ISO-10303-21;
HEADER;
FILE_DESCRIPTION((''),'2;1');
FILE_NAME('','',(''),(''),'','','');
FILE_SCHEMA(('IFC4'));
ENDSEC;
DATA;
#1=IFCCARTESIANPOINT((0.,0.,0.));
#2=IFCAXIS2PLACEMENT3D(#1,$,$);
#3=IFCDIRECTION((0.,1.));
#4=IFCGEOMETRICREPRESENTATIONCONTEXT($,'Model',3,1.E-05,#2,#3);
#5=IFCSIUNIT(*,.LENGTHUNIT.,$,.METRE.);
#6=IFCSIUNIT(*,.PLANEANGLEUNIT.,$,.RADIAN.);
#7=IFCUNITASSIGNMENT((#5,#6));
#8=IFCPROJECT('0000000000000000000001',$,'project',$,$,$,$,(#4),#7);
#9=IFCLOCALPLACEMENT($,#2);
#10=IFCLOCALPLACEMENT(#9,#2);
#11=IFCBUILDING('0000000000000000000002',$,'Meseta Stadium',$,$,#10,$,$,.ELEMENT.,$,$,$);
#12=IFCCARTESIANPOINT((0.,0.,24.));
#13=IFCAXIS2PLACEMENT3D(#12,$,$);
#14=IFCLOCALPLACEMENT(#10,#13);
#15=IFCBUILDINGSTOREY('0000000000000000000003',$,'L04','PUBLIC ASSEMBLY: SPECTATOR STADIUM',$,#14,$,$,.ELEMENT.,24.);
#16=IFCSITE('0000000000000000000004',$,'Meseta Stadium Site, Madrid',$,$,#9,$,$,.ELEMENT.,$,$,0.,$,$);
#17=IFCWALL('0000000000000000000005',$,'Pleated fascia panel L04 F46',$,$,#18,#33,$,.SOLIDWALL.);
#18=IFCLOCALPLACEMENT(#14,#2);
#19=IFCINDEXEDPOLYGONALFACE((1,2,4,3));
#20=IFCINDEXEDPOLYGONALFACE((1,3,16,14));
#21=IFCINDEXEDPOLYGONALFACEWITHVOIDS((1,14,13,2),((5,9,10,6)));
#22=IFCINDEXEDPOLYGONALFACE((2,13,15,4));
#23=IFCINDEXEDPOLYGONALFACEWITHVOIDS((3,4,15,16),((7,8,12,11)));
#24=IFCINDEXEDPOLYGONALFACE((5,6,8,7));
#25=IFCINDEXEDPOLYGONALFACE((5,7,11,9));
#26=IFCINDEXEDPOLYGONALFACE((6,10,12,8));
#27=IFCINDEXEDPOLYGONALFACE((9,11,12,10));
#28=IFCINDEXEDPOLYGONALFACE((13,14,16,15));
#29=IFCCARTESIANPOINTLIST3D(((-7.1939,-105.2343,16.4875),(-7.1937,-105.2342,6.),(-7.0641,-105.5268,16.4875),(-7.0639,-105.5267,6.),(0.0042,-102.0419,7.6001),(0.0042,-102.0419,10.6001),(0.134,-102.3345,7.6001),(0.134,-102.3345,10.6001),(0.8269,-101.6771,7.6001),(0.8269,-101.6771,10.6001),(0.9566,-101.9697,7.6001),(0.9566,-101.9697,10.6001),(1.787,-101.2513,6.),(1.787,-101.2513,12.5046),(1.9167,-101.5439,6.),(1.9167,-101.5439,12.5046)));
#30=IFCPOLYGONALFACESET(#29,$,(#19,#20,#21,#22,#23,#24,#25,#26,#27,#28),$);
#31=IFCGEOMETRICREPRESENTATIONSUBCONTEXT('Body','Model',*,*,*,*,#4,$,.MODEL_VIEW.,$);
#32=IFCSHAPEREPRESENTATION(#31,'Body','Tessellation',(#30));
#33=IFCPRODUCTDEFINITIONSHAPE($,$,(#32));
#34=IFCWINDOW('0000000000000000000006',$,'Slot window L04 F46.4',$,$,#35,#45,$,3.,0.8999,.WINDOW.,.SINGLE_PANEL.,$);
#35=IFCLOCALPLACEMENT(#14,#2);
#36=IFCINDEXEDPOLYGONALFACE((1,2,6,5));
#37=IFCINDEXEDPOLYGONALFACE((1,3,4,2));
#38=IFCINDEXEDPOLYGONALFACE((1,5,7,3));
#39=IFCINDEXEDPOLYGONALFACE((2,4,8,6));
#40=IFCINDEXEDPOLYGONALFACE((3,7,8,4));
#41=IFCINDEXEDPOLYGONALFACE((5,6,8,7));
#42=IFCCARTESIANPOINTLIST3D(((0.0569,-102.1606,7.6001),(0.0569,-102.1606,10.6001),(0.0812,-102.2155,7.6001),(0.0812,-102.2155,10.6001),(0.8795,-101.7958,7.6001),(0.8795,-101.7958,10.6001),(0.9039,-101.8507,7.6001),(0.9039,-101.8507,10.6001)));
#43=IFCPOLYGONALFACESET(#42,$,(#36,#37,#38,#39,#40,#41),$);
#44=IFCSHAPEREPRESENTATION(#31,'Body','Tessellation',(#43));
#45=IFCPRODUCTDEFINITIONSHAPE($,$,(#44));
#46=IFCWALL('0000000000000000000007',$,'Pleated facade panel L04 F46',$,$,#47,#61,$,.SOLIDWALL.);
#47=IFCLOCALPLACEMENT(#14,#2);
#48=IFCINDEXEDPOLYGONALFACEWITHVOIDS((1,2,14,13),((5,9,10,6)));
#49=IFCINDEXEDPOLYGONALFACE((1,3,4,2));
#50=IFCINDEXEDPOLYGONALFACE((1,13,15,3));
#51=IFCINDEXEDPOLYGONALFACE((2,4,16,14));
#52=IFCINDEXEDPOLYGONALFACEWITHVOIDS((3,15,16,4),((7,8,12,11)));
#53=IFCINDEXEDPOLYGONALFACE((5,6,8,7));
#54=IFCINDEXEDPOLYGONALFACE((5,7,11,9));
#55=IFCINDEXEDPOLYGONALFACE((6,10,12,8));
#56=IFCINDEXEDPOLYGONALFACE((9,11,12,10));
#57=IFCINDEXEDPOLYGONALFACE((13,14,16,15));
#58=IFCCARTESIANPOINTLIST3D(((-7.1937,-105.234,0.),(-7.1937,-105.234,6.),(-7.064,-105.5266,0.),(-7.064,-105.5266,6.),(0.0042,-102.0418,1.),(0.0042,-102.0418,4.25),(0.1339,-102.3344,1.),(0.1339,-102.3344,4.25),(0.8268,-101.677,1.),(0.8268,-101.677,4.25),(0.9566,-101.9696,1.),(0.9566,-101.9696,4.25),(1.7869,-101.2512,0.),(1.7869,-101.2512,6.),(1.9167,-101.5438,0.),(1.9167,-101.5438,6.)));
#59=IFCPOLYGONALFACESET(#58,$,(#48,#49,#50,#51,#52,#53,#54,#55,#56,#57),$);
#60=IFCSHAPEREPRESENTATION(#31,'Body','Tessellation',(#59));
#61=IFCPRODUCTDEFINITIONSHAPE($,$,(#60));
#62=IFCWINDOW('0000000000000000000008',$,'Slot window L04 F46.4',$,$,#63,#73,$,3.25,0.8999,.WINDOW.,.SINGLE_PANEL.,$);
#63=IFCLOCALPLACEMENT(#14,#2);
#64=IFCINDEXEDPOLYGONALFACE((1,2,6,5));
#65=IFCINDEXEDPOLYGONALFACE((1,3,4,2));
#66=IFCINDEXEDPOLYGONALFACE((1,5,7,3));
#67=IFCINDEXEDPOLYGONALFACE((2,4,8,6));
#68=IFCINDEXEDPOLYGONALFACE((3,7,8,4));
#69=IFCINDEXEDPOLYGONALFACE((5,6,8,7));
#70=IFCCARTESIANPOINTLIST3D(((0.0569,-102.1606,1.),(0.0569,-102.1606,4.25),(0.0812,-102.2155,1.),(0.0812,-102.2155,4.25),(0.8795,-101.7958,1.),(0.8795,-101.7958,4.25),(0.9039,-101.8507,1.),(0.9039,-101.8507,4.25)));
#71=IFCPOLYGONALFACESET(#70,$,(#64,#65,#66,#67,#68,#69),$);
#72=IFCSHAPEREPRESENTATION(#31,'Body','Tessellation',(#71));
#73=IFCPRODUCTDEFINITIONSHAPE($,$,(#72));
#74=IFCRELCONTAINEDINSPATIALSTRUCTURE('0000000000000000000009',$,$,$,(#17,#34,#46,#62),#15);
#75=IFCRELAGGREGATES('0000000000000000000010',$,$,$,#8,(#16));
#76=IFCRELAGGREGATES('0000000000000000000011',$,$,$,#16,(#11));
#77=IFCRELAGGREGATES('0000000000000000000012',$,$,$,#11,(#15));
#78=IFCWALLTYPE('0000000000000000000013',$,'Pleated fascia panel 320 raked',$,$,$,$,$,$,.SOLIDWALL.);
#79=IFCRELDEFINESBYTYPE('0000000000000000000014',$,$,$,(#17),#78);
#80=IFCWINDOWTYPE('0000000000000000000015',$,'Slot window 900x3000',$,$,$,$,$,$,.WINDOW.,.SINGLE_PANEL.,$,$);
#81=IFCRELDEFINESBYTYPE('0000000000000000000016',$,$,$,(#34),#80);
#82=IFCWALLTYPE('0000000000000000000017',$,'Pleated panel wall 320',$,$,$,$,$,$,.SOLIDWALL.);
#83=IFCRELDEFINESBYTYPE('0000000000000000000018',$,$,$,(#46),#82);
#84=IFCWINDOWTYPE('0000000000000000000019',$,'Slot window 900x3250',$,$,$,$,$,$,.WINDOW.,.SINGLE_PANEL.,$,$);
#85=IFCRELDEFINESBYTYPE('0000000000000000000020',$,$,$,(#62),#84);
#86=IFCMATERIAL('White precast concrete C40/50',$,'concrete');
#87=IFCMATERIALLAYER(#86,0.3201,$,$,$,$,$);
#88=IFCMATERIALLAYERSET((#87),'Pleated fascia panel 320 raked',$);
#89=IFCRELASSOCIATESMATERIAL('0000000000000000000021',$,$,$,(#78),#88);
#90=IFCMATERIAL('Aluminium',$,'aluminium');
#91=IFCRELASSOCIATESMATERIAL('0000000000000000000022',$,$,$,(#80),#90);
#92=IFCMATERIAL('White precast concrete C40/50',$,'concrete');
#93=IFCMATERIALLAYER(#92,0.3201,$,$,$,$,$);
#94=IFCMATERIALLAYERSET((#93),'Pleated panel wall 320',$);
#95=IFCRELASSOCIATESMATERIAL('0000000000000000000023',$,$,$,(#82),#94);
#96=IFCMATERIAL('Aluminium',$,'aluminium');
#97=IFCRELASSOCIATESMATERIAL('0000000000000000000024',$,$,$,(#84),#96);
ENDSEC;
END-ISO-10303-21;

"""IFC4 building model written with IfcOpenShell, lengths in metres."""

from ifc_helpers import new_model, si_unit, direction, frame, frame_2d, origin, place, context, subcontext, project, spatial, polyline, rectangle, outline, extrude, material, layer, layer_set, type_object, element, fill, save


model = new_model("IFC4")

# Units and contexts
model_context = context("Model", 3, precision=1e-05, world=origin(), true_north=direction((0.0, 1.0)))
body_context = subcontext(model_context, "Body", "Model", "MODEL_VIEW")
ifc_project = project(units=[si_unit("LENGTHUNIT", "METRE"), si_unit("PLANEANGLEUNIT", "RADIAN")], contexts=[model_context])

# Site, building, storey
site_placement = place(None, origin())
site = spatial("IfcSite", under=ifc_project, at=site_placement, Name="Meseta Stadium Site, Madrid", CompositionType="ELEMENT", RefElevation=0.0)
building_placement = place(site_placement, origin())
building = spatial("IfcBuilding", under=site, at=building_placement, Name="Meseta Stadium", CompositionType="ELEMENT")
storey_placement = place(building_placement, frame((0.0, 0.0, 24.0)))
storey = spatial("IfcBuildingStorey", under=building, at=storey_placement, Name="L04", Description="PUBLIC ASSEMBLY: SPECTATOR STADIUM", CompositionType="ELEMENT", Elevation=24.0)

# Walls, openings, windows
ifc_material_1 = material(Name="White precast concrete C40/50", Category="concrete")
ifc_layer_1 = layer(ifc_material_1, 0.3201)
ifc_layer_set_1 = layer_set([ifc_layer_1], Name="Pleated fascia panel 320 raked")
wall_type_1 = type_object("IfcWallType", Name="Pleated fascia panel 320 raked", PredefinedType="SOLIDWALL", material=ifc_layer_set_1)
wall_1_placement = place(storey_placement, frame((1.8518, -101.3975, 6.0), z_axis=(0.0, 0.0, 1.0), x_axis=(-0.914133, -0.405414, 0.0)))
wall_1 = element("IfcWall", 1, at=wall_1_placement, inside=storey, type_object=wall_type_1, Name="Pleated fascia panel L04 F46", PredefinedType="SOLIDWALL", context=body_context, shape_type="SweptSolid", body=[
    extrude(outline(polyline([(0.0, 0.0), (9.8242, 0.0), (9.8245, 10.4875), (0.0, 6.5046), (0.0, 0.0)])), frame((0.0, 0.1602, 0.0), z_axis=(0.0, -1.0, 0.0), x_axis=(1.0, 0.0, 0.0)), (0.0, 0.0, 1.0), 0.3201),
])
opening_1_placement = place(wall_1_placement, frame((1.0503, 0.0, 1.6001)))
opening_1 = element("IfcOpeningElement", 2, at=opening_1_placement, cuts=wall_1, PredefinedType="OPENING", context=body_context, shape_type="SweptSolid", body=[
    extrude(rectangle(XDim=0.8999, YDim=3.0, at=frame_2d((0.45, 1.5))), frame((0.0, 0.1699, 0.0), z_axis=(0.0, -1.0, 0.0), x_axis=(1.0, 0.0, 0.0)), (0.0, 0.0, 1.0), 0.3401),
])
ifc_material_2 = material(Name="Aluminium", Category="aluminium")
window_type_1 = type_object("IfcWindowType", Name="Slot window 900x3000", PartitioningType="SINGLE_PANEL", PredefinedType="WINDOW", material=ifc_material_2)
window_1_placement = place(opening_1_placement, origin())
window_1 = element("IfcWindow", 3, at=window_1_placement, inside=storey, type_object=window_type_1, Name="Slot window L04 F46.4", OverallHeight=3.0, OverallWidth=0.8999, PartitioningType="SINGLE_PANEL", PredefinedType="WINDOW", context=body_context, shape_type="SweptSolid", body=[
    extrude(rectangle(XDim=0.8999, YDim=3.0, at=frame_2d((0.45, 1.5))), frame((0.0, 0.03, 0.0), z_axis=(0.0, -1.0, 0.0), x_axis=(1.0, 0.0, 0.0)), (0.0, 0.0, 1.0), 0.0601),
])
fill(opening_1, window_1)
ifc_material_3 = material(Name="White precast concrete C40/50", Category="concrete")
ifc_layer_2 = layer(ifc_material_3, 0.3201)
ifc_layer_set_2 = layer_set([ifc_layer_2], Name="Pleated panel wall 320")
wall_type_2 = type_object("IfcWallType", Name="Pleated panel wall 320", PredefinedType="SOLIDWALL", material=ifc_layer_set_2)
wall_2_placement = place(storey_placement, frame((1.8518, -101.3975, 0.0), z_axis=(0.0, 0.0, 1.0), x_axis=(-0.914133, -0.405414, 0.0)))
wall_2 = element("IfcWall", 4, at=wall_2_placement, inside=storey, type_object=wall_type_2, Name="Pleated facade panel L04 F46", PredefinedType="SOLIDWALL", context=body_context, shape_type="SweptSolid", body=[
    extrude(rectangle(XDim=9.8242, YDim=0.3201, at=frame_2d((4.9121, 0.0))), origin(), (0.0, 0.0, 1.0), 6.0),
])
opening_2_placement = place(wall_2_placement, frame((1.0503, 0.0, 1.0)))
opening_2 = element("IfcOpeningElement", 5, at=opening_2_placement, cuts=wall_2, PredefinedType="OPENING", context=body_context, shape_type="SweptSolid", body=[
    extrude(rectangle(XDim=0.8999, YDim=3.25, at=frame_2d((0.45, 1.625))), frame((0.0, 0.1699, 0.0), z_axis=(0.0, -1.0, 0.0), x_axis=(1.0, 0.0, 0.0)), (0.0, 0.0, 1.0), 0.3401),
])
ifc_material_4 = material(Name="Aluminium", Category="aluminium")
window_type_2 = type_object("IfcWindowType", Name="Slot window 900x3250", PartitioningType="SINGLE_PANEL", PredefinedType="WINDOW", material=ifc_material_4)
window_2_placement = place(opening_2_placement, origin())
window_2 = element("IfcWindow", 6, at=window_2_placement, inside=storey, type_object=window_type_2, Name="Slot window L04 F46.4", OverallHeight=3.25, OverallWidth=0.8999, PartitioningType="SINGLE_PANEL", PredefinedType="WINDOW", context=body_context, shape_type="SweptSolid", body=[
    extrude(rectangle(XDim=0.8999, YDim=3.25, at=frame_2d((0.45, 1.625))), frame((0.0, 0.03, 0.0), z_axis=(0.0, -1.0, 0.0), x_axis=(1.0, 0.0, 0.0)), (0.0, 0.0, 1.0), 0.0601),
])
fill(opening_2, window_2)

save(model, "model.ifc")
